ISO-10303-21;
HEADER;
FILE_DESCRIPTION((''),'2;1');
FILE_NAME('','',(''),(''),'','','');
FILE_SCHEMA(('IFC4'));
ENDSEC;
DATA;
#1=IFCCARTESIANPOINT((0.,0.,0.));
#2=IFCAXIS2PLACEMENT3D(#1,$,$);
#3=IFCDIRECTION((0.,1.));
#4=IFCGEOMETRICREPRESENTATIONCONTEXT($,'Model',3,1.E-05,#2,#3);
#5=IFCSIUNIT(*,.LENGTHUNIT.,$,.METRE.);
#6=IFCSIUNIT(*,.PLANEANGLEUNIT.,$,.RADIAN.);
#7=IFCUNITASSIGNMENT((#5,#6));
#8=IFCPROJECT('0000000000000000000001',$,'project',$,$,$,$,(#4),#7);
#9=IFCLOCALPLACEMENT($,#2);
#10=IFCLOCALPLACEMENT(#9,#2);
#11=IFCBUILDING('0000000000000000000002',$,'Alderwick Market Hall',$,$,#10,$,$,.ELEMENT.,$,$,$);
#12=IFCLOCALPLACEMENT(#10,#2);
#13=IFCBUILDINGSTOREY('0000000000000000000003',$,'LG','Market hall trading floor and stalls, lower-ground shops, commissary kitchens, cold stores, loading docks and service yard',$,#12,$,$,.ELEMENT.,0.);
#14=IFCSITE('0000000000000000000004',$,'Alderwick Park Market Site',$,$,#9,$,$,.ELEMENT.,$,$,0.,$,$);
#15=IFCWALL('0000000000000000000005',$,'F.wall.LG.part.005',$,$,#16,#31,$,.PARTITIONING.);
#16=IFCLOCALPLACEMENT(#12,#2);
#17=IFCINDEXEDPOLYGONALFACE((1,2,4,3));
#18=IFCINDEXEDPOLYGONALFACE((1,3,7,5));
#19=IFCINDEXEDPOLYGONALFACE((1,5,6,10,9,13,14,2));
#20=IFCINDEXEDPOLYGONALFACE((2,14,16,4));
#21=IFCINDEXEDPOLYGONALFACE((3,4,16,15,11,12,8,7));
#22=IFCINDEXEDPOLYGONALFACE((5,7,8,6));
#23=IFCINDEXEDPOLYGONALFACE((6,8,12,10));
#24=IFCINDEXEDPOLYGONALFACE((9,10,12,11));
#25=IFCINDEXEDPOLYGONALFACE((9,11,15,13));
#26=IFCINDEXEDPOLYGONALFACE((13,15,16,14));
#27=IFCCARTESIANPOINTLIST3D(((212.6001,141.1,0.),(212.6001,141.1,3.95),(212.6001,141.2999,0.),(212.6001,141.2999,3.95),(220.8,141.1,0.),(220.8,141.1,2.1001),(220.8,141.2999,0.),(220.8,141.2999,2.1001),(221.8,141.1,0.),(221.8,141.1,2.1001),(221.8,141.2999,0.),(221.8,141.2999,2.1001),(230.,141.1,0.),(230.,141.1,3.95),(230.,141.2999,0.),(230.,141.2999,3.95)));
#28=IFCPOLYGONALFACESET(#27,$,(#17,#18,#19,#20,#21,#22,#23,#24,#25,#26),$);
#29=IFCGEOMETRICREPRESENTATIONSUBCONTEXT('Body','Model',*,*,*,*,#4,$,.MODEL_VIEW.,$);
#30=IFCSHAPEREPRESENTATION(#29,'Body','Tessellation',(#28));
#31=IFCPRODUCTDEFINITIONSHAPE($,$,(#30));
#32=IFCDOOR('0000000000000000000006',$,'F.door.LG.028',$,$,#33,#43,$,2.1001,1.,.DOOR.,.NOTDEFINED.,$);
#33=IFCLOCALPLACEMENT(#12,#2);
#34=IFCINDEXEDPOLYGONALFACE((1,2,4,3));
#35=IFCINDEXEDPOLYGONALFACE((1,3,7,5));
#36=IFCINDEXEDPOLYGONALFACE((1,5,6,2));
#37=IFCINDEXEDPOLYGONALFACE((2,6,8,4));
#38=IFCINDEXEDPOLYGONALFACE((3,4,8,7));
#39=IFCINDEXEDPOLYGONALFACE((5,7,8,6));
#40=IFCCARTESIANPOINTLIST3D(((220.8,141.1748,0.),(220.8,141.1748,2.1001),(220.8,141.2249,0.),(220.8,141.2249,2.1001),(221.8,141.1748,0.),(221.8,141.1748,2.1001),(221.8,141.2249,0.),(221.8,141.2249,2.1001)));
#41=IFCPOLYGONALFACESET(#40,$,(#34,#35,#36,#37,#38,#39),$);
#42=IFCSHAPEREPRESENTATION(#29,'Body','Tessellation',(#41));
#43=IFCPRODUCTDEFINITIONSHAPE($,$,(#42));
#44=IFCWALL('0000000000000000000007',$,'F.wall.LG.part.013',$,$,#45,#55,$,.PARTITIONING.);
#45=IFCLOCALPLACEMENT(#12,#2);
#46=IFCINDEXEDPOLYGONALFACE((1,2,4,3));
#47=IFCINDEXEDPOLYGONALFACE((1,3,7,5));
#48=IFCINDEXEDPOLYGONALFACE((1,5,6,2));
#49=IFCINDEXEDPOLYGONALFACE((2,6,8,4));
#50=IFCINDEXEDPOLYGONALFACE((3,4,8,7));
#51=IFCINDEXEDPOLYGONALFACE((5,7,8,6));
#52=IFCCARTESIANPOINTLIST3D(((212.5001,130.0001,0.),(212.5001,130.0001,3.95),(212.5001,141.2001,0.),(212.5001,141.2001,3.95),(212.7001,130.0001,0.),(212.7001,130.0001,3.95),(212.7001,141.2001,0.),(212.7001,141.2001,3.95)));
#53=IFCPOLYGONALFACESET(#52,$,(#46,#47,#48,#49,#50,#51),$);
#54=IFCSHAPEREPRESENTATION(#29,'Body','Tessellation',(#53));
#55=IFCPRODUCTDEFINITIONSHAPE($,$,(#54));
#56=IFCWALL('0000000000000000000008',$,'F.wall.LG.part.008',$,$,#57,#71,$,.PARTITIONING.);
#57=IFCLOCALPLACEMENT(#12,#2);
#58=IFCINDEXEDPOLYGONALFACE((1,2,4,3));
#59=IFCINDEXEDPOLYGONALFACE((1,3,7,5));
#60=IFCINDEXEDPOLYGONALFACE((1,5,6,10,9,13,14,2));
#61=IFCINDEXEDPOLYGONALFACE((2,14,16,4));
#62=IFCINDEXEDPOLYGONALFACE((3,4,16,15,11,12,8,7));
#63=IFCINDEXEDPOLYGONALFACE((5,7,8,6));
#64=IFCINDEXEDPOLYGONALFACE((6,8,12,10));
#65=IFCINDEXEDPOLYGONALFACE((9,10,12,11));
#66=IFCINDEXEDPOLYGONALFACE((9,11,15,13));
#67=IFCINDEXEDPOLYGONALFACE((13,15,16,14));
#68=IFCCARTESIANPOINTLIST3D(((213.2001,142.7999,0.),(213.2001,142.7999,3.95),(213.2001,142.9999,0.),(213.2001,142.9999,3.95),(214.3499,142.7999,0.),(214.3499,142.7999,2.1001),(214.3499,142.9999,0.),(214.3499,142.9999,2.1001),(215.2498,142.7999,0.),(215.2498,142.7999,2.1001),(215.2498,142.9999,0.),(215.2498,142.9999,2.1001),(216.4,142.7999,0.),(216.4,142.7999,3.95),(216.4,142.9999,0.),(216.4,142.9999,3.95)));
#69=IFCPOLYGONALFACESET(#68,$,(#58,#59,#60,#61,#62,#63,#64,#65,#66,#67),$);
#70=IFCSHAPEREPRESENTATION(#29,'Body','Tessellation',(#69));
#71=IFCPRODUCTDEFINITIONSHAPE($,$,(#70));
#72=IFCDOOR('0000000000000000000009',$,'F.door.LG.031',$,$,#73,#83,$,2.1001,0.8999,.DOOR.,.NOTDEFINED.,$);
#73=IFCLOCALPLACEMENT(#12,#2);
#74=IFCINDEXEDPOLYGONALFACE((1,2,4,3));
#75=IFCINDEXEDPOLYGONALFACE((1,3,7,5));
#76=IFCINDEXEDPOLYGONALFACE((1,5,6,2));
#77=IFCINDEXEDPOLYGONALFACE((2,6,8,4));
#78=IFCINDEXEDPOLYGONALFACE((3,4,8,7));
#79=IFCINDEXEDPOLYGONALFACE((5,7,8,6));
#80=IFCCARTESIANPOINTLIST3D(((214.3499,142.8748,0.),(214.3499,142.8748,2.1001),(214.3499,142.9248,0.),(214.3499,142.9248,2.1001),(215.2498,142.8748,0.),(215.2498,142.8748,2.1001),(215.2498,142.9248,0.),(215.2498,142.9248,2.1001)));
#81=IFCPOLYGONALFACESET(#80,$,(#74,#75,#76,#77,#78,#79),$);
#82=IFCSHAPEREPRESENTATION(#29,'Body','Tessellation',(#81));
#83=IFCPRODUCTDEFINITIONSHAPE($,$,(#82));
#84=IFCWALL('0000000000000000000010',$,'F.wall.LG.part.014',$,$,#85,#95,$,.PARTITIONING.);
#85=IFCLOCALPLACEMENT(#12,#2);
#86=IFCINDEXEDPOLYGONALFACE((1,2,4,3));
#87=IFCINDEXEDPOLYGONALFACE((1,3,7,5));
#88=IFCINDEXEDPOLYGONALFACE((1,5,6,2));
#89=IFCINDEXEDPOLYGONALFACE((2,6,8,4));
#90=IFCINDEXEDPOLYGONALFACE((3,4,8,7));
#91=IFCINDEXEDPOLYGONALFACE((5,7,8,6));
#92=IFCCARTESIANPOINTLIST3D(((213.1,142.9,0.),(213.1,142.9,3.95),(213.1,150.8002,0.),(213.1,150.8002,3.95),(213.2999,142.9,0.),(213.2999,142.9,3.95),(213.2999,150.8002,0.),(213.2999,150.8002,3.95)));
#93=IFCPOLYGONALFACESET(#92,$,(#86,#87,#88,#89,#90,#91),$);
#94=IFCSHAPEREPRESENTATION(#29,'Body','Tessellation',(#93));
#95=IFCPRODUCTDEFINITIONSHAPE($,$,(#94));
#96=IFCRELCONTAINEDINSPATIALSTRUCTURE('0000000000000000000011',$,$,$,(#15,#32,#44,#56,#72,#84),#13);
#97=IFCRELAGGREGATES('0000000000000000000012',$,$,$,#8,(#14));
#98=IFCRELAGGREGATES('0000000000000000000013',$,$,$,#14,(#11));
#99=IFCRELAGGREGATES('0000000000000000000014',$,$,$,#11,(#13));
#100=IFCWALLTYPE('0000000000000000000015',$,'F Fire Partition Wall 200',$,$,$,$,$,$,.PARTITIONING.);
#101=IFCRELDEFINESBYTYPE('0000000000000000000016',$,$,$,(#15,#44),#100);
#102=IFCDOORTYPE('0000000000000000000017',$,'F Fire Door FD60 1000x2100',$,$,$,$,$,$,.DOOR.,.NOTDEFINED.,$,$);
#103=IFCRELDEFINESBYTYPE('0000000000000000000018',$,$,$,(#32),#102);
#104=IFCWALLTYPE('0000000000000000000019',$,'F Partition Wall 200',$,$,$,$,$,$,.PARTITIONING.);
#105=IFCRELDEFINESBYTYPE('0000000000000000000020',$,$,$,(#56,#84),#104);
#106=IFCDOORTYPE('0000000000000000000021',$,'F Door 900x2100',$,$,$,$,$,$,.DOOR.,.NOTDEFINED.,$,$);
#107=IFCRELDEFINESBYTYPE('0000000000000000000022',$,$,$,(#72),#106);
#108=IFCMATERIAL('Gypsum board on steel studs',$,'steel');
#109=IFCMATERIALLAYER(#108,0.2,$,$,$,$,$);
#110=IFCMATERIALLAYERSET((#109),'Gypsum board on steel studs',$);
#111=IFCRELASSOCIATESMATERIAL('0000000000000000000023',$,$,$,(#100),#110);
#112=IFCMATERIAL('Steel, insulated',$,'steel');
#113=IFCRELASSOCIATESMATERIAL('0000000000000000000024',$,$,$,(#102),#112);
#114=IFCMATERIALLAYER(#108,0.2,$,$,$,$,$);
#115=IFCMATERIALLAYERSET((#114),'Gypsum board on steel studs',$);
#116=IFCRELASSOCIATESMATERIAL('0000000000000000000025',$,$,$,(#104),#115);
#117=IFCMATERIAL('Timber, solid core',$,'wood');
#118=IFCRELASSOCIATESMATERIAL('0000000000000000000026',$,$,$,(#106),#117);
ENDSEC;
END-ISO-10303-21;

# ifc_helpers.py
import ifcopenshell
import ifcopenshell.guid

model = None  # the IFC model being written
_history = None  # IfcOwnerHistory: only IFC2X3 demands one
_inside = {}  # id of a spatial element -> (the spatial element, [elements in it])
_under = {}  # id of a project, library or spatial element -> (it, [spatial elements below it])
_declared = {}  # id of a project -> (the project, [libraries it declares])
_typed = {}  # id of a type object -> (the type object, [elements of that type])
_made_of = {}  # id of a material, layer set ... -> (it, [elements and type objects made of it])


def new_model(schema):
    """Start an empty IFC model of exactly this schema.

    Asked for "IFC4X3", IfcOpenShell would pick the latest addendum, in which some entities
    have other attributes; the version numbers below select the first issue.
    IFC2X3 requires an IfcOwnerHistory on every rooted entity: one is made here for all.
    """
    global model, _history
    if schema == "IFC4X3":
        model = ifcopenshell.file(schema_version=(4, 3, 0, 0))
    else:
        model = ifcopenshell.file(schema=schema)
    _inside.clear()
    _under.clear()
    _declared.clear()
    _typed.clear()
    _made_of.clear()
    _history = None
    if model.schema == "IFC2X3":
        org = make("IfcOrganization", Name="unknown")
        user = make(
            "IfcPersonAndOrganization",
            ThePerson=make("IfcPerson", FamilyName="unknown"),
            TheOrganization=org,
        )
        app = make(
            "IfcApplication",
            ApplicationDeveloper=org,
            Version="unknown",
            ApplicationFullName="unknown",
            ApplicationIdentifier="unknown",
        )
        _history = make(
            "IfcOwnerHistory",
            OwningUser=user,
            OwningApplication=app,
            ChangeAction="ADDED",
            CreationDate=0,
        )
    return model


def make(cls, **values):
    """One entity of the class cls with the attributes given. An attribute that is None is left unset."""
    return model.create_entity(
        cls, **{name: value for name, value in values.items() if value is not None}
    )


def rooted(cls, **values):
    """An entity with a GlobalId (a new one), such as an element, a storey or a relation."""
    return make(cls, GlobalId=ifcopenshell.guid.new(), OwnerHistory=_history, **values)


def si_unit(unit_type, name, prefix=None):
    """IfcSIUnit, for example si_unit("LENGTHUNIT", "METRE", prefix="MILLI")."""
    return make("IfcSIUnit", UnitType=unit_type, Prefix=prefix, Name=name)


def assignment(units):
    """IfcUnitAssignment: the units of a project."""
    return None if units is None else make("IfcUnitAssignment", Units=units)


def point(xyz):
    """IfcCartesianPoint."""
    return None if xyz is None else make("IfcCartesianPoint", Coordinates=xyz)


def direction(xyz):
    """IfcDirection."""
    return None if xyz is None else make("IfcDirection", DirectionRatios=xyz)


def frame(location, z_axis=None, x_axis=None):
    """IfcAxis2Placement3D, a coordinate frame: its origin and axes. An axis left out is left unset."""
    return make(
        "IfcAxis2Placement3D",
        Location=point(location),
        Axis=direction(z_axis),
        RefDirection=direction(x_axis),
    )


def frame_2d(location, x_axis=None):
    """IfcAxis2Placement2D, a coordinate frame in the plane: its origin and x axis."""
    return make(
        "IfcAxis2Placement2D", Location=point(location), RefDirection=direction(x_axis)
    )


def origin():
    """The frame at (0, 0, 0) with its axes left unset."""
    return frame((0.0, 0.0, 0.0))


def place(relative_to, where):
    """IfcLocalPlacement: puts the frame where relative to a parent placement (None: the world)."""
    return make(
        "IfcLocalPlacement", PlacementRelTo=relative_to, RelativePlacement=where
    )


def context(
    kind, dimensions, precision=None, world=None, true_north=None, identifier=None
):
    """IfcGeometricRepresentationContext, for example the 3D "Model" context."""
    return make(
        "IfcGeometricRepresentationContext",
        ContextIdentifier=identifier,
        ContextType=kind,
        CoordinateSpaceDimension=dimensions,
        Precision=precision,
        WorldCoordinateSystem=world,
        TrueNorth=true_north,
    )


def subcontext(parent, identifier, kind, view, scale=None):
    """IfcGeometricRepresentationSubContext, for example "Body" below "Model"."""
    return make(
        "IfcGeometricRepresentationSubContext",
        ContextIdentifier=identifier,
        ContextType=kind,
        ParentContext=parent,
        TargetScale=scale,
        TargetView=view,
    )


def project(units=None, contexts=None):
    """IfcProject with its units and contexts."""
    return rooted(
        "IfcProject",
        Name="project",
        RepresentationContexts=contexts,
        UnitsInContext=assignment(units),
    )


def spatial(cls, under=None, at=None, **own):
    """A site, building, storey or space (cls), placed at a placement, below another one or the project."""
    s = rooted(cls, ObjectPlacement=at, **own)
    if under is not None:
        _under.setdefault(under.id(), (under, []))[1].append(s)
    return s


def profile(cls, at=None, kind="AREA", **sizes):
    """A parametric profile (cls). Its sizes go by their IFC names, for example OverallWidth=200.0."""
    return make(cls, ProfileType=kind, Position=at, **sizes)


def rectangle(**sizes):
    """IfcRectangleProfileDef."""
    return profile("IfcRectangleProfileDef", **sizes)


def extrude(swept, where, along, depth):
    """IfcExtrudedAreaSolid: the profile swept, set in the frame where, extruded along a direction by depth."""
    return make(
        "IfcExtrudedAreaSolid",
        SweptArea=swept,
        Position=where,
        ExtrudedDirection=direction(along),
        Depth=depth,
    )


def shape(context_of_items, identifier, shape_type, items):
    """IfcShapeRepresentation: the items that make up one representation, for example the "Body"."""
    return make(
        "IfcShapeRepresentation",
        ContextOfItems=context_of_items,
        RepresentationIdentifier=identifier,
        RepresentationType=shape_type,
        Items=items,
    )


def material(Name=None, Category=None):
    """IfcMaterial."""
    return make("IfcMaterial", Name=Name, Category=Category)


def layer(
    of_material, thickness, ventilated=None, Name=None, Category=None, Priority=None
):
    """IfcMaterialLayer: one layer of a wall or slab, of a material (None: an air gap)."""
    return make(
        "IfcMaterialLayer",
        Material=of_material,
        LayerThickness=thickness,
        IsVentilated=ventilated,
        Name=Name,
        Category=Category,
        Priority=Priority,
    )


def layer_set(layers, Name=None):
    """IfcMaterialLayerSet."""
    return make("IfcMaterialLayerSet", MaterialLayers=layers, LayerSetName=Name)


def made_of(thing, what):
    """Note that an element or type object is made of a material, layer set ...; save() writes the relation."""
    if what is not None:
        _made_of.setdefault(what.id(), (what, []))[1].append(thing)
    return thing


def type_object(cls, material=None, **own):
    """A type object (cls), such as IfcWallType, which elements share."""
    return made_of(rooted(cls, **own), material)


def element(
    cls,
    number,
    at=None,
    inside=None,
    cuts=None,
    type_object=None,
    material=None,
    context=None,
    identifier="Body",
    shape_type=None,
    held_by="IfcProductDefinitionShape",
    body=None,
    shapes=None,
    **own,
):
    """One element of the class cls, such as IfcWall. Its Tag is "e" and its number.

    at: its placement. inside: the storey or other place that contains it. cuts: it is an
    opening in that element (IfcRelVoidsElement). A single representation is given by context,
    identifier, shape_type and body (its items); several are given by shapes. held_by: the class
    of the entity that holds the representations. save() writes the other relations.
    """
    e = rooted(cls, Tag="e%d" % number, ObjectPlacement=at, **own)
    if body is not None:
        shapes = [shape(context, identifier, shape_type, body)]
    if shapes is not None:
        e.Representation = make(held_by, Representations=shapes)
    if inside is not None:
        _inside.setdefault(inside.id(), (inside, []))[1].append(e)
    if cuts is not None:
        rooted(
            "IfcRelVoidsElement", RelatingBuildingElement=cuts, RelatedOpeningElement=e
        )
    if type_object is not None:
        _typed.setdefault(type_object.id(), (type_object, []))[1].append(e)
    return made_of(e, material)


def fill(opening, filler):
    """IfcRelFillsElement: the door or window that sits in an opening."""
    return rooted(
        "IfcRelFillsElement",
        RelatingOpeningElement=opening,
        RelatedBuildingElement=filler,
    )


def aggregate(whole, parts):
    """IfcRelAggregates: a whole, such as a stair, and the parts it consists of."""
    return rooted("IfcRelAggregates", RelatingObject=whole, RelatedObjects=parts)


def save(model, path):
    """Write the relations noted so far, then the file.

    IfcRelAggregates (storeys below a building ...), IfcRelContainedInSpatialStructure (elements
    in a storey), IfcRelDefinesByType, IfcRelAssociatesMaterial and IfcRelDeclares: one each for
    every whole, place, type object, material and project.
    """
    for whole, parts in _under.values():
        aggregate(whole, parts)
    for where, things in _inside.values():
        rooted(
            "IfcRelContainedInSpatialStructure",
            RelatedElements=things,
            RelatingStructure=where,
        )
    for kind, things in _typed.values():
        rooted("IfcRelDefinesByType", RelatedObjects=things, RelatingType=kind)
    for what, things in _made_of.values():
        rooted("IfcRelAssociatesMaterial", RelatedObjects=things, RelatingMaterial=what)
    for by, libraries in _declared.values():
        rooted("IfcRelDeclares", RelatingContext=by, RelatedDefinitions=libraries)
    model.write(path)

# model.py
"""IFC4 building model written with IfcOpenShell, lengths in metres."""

from ifc_helpers import new_model, si_unit, direction, frame, frame_2d, origin, place, context, subcontext, project, spatial, rectangle, extrude, material, layer, layer_set, type_object, element, fill, save


model = new_model("IFC4")

# Units and contexts
model_context = context("Model", 3, precision=1e-05, world=origin(), true_north=direction((0.0, 1.0)))
body_context = subcontext(model_context, "Body", "Model", "MODEL_VIEW")
ifc_project = project(units=[si_unit("LENGTHUNIT", "METRE"), si_unit("PLANEANGLEUNIT", "RADIAN")], contexts=[model_context])

# Site, building, storey
site_placement = place(None, origin())
site = spatial("IfcSite", under=ifc_project, at=site_placement, Name="Alderwick Park Market Site", CompositionType="ELEMENT", RefElevation=0.0)
building_placement = place(site_placement, origin())
building = spatial("IfcBuilding", under=site, at=building_placement, Name="Alderwick Market Hall", CompositionType="ELEMENT")
storey_placement = place(building_placement, origin())
storey = spatial("IfcBuildingStorey", under=building, at=storey_placement, Name="LG", Description="Market hall trading floor and stalls, lower-ground shops, commissary kitchens, cold stores, loading docks and service yard", CompositionType="ELEMENT", Elevation=0.0)

# Wall, opening, door
ifc_material_1 = material(Name="Gypsum board on steel studs", Category="steel")
ifc_layer_1 = layer(ifc_material_1, 0.2)
ifc_layer_set_1 = layer_set([ifc_layer_1], Name="Gypsum board on steel studs")
wall_type_1 = type_object("IfcWallType", Name="F Fire Partition Wall 200", PredefinedType="PARTITIONING", material=ifc_layer_set_1)
wall_1_placement = place(storey_placement, frame((212.6001, 141.2, 0.0), z_axis=(0.0, 0.0, 1.0), x_axis=(1.0, 0.0, 0.0)))
wall_1 = element("IfcWall", 1, at=wall_1_placement, inside=storey, type_object=wall_type_1, Name="F.wall.LG.part.005", PredefinedType="PARTITIONING", context=body_context, shape_type="SweptSolid", body=[
    extrude(rectangle(XDim=17.3999, YDim=0.2, at=frame_2d((8.7, 0.0))), origin(), (0.0, 0.0, 1.0), 3.95),
])
opening_1_placement = place(wall_1_placement, frame((8.2, 0.0, 0.0)))
opening_1 = element("IfcOpeningElement", 2, at=opening_1_placement, cuts=wall_1, PredefinedType="OPENING", context=body_context, shape_type="SweptSolid", body=[
    extrude(rectangle(XDim=1.0, YDim=2.1001, at=frame_2d((0.5, 1.05))), frame((0.0, 0.1099, 0.0), z_axis=(0.0, -1.0, 0.0), x_axis=(1.0, 0.0, 0.0)), (0.0, 0.0, 1.0), 0.22),
])
ifc_material_2 = material(Name="Steel, insulated", Category="steel")
door_type_1 = type_object("IfcDoorType", Name="F Fire Door FD60 1000x2100", OperationType="NOTDEFINED", PredefinedType="DOOR", material=ifc_material_2)
door_1_placement = place(opening_1_placement, origin())
door_1 = element("IfcDoor", 3, at=door_1_placement, inside=storey, type_object=door_type_1, Name="F.door.LG.028", OperationType="NOTDEFINED", OverallHeight=2.1001, OverallWidth=1.0, PredefinedType="DOOR", context=body_context, shape_type="SweptSolid", body=[
    extrude(rectangle(XDim=1.0, YDim=2.1001, at=frame_2d((0.5, 1.05))), frame((0.0, 0.0249, 0.0), z_axis=(0.0, -1.0, 0.0), x_axis=(1.0, 0.0, 0.0)), (0.0, 0.0, 1.0), 0.05),
])
fill(opening_1, door_1)

# Wall
wall_2_placement = place(storey_placement, frame((212.6001, 130.0, 0.0), z_axis=(0.0, 0.0, 1.0), x_axis=(0.0, 1.0, 0.0)))
element("IfcWall", 4, at=wall_2_placement, inside=storey, type_object=wall_type_1, Name="F.wall.LG.part.013", PredefinedType="PARTITIONING", context=body_context, shape_type="SweptSolid", body=[
    extrude(rectangle(XDim=11.2, YDim=0.2, at=frame_2d((5.6001, 0.0))), origin(), (0.0, 0.0, 1.0), 3.95),
])

# Wall, opening, door
ifc_layer_2 = layer(ifc_material_1, 0.2)
ifc_layer_set_2 = layer_set([ifc_layer_2], Name="Gypsum board on steel studs")
wall_type_2 = type_object("IfcWallType", Name="F Partition Wall 200", PredefinedType="PARTITIONING", material=ifc_layer_set_2)
wall_3_placement = place(storey_placement, frame((213.2, 142.8999, 0.0), z_axis=(0.0, 0.0, 1.0), x_axis=(1.0, 0.0, 0.0)))
wall_3 = element("IfcWall", 5, at=wall_3_placement, inside=storey, type_object=wall_type_2, Name="F.wall.LG.part.008", PredefinedType="PARTITIONING", context=body_context, shape_type="SweptSolid", body=[
    extrude(rectangle(XDim=3.2, YDim=0.2, at=frame_2d((1.6001, 0.0))), origin(), (0.0, 0.0, 1.0), 3.95),
])
opening_2_placement = place(wall_3_placement, frame((1.1499, 0.0, 0.0)))
opening_2 = element("IfcOpeningElement", 6, at=opening_2_placement, cuts=wall_3, PredefinedType="OPENING", context=body_context, shape_type="SweptSolid", body=[
    extrude(rectangle(XDim=0.8999, YDim=2.1001, at=frame_2d((0.45, 1.05))), frame((0.0, 0.1099, 0.0), z_axis=(0.0, -1.0, 0.0), x_axis=(1.0, 0.0, 0.0)), (0.0, 0.0, 1.0), 0.22),
])
ifc_material_3 = material(Name="Timber, solid core", Category="wood")
door_type_2 = type_object("IfcDoorType", Name="F Door 900x2100", OperationType="NOTDEFINED", PredefinedType="DOOR", material=ifc_material_3)
door_2_placement = place(opening_2_placement, origin())
door_2 = element("IfcDoor", 7, at=door_2_placement, inside=storey, type_object=door_type_2, Name="F.door.LG.031", OperationType="NOTDEFINED", OverallHeight=2.1001, OverallWidth=0.8999, PredefinedType="DOOR", context=body_context, shape_type="SweptSolid", body=[
    extrude(rectangle(XDim=0.8999, YDim=2.1001, at=frame_2d((0.45, 1.05))), frame((0.0, 0.0249, 0.0), z_axis=(0.0, -1.0, 0.0), x_axis=(1.0, 0.0, 0.0)), (0.0, 0.0, 1.0), 0.05),
])
fill(opening_2, door_2)

# Wall
wall_4_placement = place(storey_placement, frame((213.2, 142.8999, 0.0), z_axis=(0.0, 0.0, 1.0), x_axis=(0.0, 1.0, 0.0)))
element("IfcWall", 8, at=wall_4_placement, inside=storey, type_object=wall_type_2, Name="F.wall.LG.part.014", PredefinedType="PARTITIONING", context=body_context, shape_type="SweptSolid", body=[
    extrude(rectangle(XDim=7.9001, YDim=0.2, at=frame_2d((3.9502, 0.0))), origin(), (0.0, 0.0, 1.0), 3.95),
])

save(model, "model.ifc")
